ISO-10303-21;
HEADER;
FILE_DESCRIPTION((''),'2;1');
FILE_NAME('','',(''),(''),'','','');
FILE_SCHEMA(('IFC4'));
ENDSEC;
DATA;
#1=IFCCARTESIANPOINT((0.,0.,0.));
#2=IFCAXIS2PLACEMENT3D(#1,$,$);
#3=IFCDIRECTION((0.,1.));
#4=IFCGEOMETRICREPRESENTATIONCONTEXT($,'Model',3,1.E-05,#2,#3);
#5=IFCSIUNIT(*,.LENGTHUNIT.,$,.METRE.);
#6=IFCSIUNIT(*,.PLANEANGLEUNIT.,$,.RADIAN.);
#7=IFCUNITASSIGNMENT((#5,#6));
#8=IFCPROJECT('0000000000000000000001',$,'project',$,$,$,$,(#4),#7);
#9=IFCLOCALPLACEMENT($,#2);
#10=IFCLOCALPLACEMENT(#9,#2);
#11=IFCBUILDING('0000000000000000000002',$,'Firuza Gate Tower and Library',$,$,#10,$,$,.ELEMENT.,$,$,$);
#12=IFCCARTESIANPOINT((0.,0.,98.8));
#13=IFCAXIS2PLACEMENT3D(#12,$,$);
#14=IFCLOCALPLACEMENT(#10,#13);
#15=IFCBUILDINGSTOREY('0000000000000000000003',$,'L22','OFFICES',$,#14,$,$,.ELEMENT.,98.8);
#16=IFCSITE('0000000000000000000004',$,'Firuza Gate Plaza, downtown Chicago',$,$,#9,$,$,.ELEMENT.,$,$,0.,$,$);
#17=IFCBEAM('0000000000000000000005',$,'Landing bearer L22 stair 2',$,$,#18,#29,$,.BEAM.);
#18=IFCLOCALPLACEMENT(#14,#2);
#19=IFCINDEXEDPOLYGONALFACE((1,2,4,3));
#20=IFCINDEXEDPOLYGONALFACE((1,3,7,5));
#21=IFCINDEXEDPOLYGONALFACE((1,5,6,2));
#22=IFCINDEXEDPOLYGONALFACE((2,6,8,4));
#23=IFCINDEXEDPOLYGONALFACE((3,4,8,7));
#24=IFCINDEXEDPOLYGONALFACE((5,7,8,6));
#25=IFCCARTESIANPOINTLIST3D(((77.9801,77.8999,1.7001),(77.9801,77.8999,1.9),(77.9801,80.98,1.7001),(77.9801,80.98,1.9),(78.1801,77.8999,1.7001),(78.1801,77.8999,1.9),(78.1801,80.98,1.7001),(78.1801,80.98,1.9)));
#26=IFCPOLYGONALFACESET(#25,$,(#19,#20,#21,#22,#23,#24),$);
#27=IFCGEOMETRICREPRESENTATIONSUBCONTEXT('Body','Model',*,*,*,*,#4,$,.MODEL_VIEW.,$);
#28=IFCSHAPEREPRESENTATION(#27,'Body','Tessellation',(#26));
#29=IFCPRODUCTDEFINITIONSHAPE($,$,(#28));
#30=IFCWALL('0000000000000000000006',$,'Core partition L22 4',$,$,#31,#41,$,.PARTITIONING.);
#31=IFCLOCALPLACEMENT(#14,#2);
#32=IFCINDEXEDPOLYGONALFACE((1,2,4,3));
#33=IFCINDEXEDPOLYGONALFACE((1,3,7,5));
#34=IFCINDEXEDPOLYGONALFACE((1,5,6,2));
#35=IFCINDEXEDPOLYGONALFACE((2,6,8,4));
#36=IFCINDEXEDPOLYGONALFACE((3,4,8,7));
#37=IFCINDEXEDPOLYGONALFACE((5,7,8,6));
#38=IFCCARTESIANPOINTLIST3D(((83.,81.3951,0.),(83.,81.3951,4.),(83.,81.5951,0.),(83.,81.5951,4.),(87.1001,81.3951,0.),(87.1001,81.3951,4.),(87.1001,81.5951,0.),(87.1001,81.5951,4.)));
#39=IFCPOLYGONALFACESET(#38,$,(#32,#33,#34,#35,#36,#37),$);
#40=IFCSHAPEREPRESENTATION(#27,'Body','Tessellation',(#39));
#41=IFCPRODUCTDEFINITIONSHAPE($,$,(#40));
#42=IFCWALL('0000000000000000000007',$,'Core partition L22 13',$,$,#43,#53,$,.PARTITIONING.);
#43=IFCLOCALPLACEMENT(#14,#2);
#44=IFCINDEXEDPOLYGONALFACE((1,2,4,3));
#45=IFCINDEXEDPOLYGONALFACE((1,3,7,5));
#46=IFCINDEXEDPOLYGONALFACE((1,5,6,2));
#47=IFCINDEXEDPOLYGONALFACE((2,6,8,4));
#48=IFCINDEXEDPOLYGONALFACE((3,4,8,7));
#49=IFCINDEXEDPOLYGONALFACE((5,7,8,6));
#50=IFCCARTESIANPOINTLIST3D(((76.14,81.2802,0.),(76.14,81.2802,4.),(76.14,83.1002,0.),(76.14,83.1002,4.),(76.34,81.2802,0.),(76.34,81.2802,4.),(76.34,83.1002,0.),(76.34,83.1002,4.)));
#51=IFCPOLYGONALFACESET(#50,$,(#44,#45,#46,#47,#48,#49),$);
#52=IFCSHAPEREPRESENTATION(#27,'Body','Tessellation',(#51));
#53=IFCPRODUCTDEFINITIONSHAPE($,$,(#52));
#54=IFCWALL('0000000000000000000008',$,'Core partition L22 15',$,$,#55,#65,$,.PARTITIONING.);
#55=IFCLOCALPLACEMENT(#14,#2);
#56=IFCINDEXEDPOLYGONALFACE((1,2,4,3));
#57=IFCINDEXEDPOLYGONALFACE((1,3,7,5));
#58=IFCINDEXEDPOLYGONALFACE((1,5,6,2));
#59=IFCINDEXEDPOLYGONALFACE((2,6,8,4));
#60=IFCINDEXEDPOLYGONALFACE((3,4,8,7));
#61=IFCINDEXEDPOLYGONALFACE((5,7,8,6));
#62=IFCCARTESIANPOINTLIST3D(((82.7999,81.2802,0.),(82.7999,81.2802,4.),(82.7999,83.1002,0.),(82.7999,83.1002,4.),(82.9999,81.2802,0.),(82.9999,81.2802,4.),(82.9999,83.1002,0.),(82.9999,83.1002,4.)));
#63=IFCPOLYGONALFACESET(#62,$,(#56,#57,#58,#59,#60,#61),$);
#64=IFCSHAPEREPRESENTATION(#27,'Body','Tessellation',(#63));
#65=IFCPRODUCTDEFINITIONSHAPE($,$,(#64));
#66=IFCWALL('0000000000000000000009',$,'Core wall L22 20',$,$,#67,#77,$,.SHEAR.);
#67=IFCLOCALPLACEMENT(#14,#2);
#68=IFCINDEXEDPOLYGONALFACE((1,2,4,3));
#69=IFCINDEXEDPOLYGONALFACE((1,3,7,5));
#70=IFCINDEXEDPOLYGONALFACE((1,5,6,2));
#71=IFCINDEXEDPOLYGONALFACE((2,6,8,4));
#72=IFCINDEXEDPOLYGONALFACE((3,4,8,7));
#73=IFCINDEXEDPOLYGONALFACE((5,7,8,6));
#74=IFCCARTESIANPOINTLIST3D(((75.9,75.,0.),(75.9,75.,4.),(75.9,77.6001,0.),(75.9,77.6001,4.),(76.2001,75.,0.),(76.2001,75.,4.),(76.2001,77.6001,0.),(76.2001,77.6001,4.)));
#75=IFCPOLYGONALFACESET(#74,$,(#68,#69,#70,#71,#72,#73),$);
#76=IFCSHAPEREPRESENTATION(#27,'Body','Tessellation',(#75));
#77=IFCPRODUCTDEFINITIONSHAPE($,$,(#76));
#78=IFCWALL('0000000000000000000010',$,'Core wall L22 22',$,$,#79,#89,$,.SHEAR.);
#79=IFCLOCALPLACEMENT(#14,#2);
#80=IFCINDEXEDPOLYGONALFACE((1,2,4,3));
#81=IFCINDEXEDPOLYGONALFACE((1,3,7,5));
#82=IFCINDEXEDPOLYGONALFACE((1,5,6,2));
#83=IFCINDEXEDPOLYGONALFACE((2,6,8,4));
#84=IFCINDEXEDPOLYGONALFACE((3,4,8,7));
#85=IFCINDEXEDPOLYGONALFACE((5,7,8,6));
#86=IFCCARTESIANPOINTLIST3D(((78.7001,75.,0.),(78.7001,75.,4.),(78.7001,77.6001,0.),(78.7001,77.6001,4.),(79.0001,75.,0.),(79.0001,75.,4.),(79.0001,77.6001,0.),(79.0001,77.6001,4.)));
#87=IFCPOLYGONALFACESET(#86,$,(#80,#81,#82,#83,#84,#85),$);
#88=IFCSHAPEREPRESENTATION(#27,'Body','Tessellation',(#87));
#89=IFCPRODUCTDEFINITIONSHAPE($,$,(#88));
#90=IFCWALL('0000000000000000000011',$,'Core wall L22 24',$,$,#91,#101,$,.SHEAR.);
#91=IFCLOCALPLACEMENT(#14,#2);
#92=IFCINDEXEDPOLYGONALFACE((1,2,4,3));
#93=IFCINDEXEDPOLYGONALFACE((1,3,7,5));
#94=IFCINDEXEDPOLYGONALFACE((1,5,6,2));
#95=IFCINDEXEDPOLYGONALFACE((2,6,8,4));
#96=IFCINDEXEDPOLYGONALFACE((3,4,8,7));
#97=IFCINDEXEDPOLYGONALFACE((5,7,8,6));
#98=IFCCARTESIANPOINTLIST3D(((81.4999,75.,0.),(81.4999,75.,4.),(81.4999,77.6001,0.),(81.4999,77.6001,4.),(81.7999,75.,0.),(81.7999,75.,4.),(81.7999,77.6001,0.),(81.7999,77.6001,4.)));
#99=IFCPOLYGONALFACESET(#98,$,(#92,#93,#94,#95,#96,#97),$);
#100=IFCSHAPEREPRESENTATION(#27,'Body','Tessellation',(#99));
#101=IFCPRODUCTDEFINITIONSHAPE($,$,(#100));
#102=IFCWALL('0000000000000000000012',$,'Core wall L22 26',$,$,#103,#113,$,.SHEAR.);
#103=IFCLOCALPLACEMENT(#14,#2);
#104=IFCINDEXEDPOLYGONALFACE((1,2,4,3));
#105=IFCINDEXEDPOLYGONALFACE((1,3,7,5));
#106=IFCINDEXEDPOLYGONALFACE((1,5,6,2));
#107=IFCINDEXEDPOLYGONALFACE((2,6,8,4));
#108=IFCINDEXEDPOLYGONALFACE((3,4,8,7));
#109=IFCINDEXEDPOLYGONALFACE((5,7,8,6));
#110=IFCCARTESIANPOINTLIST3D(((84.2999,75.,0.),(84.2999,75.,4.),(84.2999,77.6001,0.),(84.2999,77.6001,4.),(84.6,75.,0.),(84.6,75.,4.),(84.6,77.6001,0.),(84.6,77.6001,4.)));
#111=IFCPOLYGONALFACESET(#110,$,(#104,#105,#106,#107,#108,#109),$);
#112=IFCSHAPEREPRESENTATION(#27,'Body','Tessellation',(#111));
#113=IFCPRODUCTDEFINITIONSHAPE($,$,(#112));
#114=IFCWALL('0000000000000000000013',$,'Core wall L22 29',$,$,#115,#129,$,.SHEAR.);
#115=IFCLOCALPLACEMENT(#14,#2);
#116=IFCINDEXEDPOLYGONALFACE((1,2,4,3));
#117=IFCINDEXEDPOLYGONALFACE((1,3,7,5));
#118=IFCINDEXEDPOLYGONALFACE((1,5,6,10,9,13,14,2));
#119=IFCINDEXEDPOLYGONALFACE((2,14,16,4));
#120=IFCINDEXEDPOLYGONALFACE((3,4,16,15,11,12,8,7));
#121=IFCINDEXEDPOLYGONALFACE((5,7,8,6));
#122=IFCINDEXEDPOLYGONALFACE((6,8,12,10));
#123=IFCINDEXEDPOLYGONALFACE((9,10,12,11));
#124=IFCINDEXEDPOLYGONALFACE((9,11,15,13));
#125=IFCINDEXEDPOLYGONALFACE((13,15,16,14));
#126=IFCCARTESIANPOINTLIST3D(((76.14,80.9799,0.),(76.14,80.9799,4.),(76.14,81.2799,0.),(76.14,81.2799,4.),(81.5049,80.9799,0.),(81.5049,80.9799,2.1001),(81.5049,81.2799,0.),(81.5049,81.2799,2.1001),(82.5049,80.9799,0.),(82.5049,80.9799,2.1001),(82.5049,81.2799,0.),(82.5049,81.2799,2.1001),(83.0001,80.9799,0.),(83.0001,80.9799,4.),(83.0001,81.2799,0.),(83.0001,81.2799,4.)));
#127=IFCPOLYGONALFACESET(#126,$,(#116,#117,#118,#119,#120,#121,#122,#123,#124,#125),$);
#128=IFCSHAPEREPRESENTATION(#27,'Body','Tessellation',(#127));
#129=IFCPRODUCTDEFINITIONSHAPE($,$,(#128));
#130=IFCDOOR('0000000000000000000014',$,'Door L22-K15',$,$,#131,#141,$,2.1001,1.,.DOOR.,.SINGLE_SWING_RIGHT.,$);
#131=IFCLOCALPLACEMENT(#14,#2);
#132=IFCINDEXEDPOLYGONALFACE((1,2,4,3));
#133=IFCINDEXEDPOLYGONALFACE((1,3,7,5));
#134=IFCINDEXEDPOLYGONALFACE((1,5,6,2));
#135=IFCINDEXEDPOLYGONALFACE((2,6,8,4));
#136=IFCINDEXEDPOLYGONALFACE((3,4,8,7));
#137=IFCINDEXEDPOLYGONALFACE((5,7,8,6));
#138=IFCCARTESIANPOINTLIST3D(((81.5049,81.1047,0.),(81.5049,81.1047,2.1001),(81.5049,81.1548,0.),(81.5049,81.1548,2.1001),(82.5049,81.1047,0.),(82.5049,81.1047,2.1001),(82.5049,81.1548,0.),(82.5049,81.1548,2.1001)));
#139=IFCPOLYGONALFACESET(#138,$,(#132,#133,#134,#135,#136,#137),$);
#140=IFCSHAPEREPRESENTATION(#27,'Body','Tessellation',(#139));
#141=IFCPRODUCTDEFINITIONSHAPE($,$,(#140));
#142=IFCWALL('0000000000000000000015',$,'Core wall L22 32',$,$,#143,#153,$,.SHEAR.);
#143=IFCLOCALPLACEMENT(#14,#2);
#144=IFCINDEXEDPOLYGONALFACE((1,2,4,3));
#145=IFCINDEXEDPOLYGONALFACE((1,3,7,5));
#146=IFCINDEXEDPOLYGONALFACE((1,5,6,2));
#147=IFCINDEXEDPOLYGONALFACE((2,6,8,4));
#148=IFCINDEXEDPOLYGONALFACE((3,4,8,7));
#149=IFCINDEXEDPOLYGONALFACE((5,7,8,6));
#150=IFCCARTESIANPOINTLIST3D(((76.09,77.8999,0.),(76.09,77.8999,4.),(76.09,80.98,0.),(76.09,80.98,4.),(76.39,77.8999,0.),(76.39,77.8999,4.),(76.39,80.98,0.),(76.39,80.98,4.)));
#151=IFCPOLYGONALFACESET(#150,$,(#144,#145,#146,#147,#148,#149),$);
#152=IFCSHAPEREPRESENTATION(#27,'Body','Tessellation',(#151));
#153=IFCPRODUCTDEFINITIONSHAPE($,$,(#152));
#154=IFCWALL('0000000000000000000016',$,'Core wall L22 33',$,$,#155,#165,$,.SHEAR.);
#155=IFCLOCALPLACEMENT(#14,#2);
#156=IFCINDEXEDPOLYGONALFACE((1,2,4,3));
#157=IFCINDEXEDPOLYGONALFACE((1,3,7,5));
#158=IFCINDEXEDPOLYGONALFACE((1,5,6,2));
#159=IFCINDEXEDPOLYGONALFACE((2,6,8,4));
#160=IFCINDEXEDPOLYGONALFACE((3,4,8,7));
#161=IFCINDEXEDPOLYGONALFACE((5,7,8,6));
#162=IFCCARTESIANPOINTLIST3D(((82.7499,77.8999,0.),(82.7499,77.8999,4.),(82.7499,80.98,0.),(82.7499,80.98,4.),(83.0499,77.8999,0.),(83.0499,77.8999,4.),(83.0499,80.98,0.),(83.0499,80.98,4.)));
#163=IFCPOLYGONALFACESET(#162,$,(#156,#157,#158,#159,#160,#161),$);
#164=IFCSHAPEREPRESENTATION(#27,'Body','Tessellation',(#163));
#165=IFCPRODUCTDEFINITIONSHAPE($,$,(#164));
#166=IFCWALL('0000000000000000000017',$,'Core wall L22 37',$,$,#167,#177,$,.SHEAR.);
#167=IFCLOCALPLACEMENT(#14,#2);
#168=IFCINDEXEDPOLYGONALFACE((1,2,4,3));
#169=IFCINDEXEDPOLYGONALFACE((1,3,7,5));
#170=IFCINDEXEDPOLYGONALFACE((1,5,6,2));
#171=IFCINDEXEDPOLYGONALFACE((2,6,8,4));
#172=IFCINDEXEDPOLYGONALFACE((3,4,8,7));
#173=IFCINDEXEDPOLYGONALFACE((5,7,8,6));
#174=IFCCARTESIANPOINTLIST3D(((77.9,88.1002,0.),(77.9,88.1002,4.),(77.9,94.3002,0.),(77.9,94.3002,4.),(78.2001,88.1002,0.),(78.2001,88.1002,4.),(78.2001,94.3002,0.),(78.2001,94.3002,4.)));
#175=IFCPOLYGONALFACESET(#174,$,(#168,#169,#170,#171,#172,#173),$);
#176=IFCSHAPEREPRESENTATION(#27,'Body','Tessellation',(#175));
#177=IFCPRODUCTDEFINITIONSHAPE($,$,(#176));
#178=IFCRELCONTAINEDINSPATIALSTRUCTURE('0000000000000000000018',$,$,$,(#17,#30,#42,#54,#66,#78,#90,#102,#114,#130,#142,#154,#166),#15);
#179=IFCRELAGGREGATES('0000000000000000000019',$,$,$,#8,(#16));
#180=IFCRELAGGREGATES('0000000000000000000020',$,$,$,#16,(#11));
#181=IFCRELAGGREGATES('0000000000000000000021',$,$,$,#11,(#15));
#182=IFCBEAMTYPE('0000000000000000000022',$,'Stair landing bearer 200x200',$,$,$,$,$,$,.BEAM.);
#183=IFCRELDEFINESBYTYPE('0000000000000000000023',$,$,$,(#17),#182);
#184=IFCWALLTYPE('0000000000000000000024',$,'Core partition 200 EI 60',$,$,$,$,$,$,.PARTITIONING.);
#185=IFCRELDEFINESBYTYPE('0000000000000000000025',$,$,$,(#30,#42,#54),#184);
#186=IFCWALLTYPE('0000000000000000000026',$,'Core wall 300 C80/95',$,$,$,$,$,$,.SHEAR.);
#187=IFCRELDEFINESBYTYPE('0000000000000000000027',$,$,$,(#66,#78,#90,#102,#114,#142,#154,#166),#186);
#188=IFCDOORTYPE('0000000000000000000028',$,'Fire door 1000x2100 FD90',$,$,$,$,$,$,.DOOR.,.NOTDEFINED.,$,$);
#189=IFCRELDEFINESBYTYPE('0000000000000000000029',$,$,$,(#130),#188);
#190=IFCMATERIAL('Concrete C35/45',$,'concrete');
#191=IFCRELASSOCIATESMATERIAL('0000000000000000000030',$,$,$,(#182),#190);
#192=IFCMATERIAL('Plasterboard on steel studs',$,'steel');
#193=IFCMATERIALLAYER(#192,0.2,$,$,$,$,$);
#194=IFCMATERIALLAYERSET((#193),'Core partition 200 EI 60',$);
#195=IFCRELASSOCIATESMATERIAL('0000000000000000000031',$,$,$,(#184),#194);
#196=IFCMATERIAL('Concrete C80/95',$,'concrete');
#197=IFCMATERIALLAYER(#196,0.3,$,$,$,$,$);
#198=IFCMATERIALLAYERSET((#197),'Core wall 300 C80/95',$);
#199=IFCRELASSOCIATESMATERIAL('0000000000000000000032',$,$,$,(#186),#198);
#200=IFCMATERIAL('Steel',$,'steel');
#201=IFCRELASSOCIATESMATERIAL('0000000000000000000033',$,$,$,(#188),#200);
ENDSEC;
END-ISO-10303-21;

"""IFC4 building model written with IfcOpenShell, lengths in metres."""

from ifc_helpers import new_model, si_unit, direction, frame, frame_2d, origin, origin_2d, place, context, subcontext, project, spatial, rectangle, extrude, material, layer, layer_set, material_profile, profile_set, type_object, element, fill, save


model = new_model("IFC4")

# Units and contexts
model_context = context("Model", 3, precision=1e-05, world=origin(), true_north=direction((0.0, 1.0)))
body_context = subcontext(model_context, "Body", "Model", "MODEL_VIEW")
ifc_project = project(units=[si_unit("LENGTHUNIT", "METRE"), si_unit("PLANEANGLEUNIT", "RADIAN")], contexts=[model_context])

# Site, building, storey
site_placement = place(None, origin())
site = spatial("IfcSite", under=ifc_project, at=site_placement, Name="Firuza Gate Plaza, downtown Chicago", CompositionType="ELEMENT", RefElevation=0.0)
building_placement = place(site_placement, origin())
building = spatial("IfcBuilding", under=site, at=building_placement, Name="Firuza Gate Tower and Library", CompositionType="ELEMENT")
storey_placement = place(building_placement, frame((0.0, 0.0, 98.8)))
storey = spatial("IfcBuildingStorey", under=building, at=storey_placement, Name="L22", Description="OFFICES", CompositionType="ELEMENT", Elevation=98.8)

# Beam
ifc_material_1 = material(Name="Concrete C35/45", Category="concrete")
ifc_material_profile = material_profile(ifc_material_1, rectangle(XDim=0.2, YDim=0.2, at=origin_2d()))
ifc_profile_set = profile_set([ifc_material_profile], Name="Concrete C35/45")
beam_type = type_object("IfcBeamType", Name="Stair landing bearer 200x200", PredefinedType="BEAM", material=ifc_profile_set)
beam_placement = place(storey_placement, frame((78.0801, 80.98, 1.8), z_axis=(0.0, -1.0, 0.0), x_axis=(1.0, 0.0, 0.0)))
element("IfcBeam", 1, at=beam_placement, inside=storey, type_object=beam_type, Name="Landing bearer L22 stair 2", PredefinedType="BEAM", context=body_context, shape_type="SweptSolid", body=[
    extrude(rectangle(XDim=0.2, YDim=0.2, at=origin_2d()), origin(), (0.0, 0.0, 1.0), 3.0801),
])

# Walls
ifc_material_2 = material(Name="Plasterboard on steel studs", Category="steel")
ifc_layer_1 = layer(ifc_material_2, 0.2)
ifc_layer_set_1 = layer_set([ifc_layer_1], Name="Core partition 200 EI 60")
wall_type_1 = type_object("IfcWallType", Name="Core partition 200 EI 60", PredefinedType="PARTITIONING", material=ifc_layer_set_1)
wall_1_placement = place(storey_placement, frame((83.0, 81.4951, 0.0), z_axis=(0.0, 0.0, 1.0), x_axis=(1.0, 0.0, 0.0)))
element("IfcWall", 2, at=wall_1_placement, inside=storey, type_object=wall_type_1, Name="Core partition L22 4", PredefinedType="PARTITIONING", context=body_context, shape_type="SweptSolid", body=[
    extrude(rectangle(XDim=4.1001, YDim=0.2, at=frame_2d((2.05, 0.0))), origin(), (0.0, 0.0, 1.0), 4.0),
])
for number, where, z_axis, x_axis, name in (
    (3, (76.24, 81.28, 0.0), (0.0, 0.0, 1.0), (0.0, 1.0, 0.0), "Core partition L22 13"),
    (4, (82.8999, 81.28, 0.0), (0.0, 0.0, 1.0), (0.0, 1.0, 0.0), "Core partition L22 15"),
):
    element("IfcWall", number, at=place(storey_placement, frame(where, z_axis=z_axis, x_axis=x_axis)), inside=storey, type_object=wall_type_1, Name=name, PredefinedType="PARTITIONING", context=body_context, shape_type="SweptSolid", body=[
        extrude(rectangle(XDim=1.8201, YDim=0.2, at=frame_2d((0.9102, 0.0))), origin(), (0.0, 0.0, 1.0), 4.0),
    ])
ifc_material_3 = material(Name="Concrete C80/95", Category="concrete")
ifc_layer_2 = layer(ifc_material_3, 0.3)
ifc_layer_set_2 = layer_set([ifc_layer_2], Name="Core wall 300 C80/95")
wall_type_2 = type_object("IfcWallType", Name="Core wall 300 C80/95", PredefinedType="SHEAR", material=ifc_layer_set_2)
for number, where, z_axis, x_axis, name in (
    (5, (76.05, 75.0, 0.0), (0.0, 0.0, 1.0), (0.0, 1.0, 0.0), "Core wall L22 20"),
    (6, (78.8501, 75.0, 0.0), (0.0, 0.0, 1.0), (0.0, 1.0, 0.0), "Core wall L22 22"),
    (7, (81.6499, 75.0, 0.0), (0.0, 0.0, 1.0), (0.0, 1.0, 0.0), "Core wall L22 24"),
    (8, (84.45, 75.0, 0.0), (0.0, 0.0, 1.0), (0.0, 1.0, 0.0), "Core wall L22 26"),
):
    element("IfcWall", number, at=place(storey_placement, frame(where, z_axis=z_axis, x_axis=x_axis)), inside=storey, type_object=wall_type_2, Name=name, PredefinedType="SHEAR", context=body_context, shape_type="SweptSolid", body=[
        extrude(rectangle(XDim=2.6001, YDim=0.3, at=frame_2d((1.3, 0.0))), origin(), (0.0, 0.0, 1.0), 4.0),
    ])

# Wall, opening, door
wall_2_placement = place(storey_placement, frame((76.1399, 81.1299, 0.0), z_axis=(0.0, 0.0, 1.0), x_axis=(1.0, 0.0, 0.0)))
wall_2 = element("IfcWall", 9, at=wall_2_placement, inside=storey, type_object=wall_type_2, Name="Core wall L22 29", PredefinedType="SHEAR", context=body_context, shape_type="SweptSolid", body=[
    extrude(rectangle(XDim=6.8601, YDim=0.3, at=frame_2d((3.4302, 0.0))), origin(), (0.0, 0.0, 1.0), 4.0),
])
opening_1_placement = place(wall_2_placement, frame((5.365, 0.0, 0.0)))
opening_1 = element("IfcOpeningElement", 10, at=opening_1_placement, cuts=wall_2, PredefinedType="OPENING", context=body_context, shape_type="SweptSolid", body=[
    extrude(rectangle(XDim=1.0, YDim=2.1001, at=frame_2d((0.5, 1.05))), frame((0.0, 0.1602, 0.0), z_axis=(0.0, -1.0, 0.0), x_axis=(1.0, 0.0, 0.0)), (0.0, 0.0, 1.0), 0.3201),
])
ifc_material_4 = material(Name="Steel", Category="steel")
door_type_1 = type_object("IfcDoorType", Name="Fire door 1000x2100 FD90", OperationType="NOTDEFINED", PredefinedType="DOOR", material=ifc_material_4)
door_1_placement = place(opening_1_placement, origin())
door_1 = element("IfcDoor", 11, at=door_1_placement, inside=storey, type_object=door_type_1, Name="Door L22-K15", OperationType="SINGLE_SWING_RIGHT", OverallHeight=2.1001, OverallWidth=1.0, PredefinedType="DOOR", context=body_context, shape_type="SweptSolid", body=[
    extrude(rectangle(XDim=1.0, YDim=2.1001, at=frame_2d((0.5, 1.05))), frame((0.0, 0.0249, 0.0), z_axis=(0.0, -1.0, 0.0), x_axis=(1.0, 0.0, 0.0)), (0.0, 0.0, 1.0), 0.05),
])
fill(opening_1, door_1)

# Walls
for number, where, z_axis, x_axis, name in (
    (12, (76.24, 77.8999, 0.0), (0.0, 0.0, 1.0), (0.0, 1.0, 0.0), "Core wall L22 32"),
    (13, (82.8999, 77.8999, 0.0), (0.0, 0.0, 1.0), (0.0, 1.0, 0.0), "Core wall L22 33"),
):
    element("IfcWall", number, at=place(storey_placement, frame(where, z_axis=z_axis, x_axis=x_axis)), inside=storey, type_object=wall_type_2, Name=name, PredefinedType="SHEAR", context=body_context, shape_type="SweptSolid", body=[
        extrude(rectangle(XDim=3.0801, YDim=0.3, at=frame_2d((1.54, 0.0))), origin(), (0.0, 0.0, 1.0), 4.0),
    ])
wall_3_placement = place(storey_placement, frame((78.05, 88.1001, 0.0), z_axis=(0.0, 0.0, 1.0), x_axis=(0.0, 1.0, 0.0)))
element("IfcWall", 14, at=wall_3_placement, inside=storey, type_object=wall_type_2, Name="Core wall L22 37", PredefinedType="SHEAR", context=body_context, shape_type="SweptSolid", body=[
    extrude(rectangle(XDim=6.2, YDim=0.3, at=frame_2d((3.1001, 0.0))), origin(), (0.0, 0.0, 1.0), 4.0),
])

save(model, "model.ifc")
